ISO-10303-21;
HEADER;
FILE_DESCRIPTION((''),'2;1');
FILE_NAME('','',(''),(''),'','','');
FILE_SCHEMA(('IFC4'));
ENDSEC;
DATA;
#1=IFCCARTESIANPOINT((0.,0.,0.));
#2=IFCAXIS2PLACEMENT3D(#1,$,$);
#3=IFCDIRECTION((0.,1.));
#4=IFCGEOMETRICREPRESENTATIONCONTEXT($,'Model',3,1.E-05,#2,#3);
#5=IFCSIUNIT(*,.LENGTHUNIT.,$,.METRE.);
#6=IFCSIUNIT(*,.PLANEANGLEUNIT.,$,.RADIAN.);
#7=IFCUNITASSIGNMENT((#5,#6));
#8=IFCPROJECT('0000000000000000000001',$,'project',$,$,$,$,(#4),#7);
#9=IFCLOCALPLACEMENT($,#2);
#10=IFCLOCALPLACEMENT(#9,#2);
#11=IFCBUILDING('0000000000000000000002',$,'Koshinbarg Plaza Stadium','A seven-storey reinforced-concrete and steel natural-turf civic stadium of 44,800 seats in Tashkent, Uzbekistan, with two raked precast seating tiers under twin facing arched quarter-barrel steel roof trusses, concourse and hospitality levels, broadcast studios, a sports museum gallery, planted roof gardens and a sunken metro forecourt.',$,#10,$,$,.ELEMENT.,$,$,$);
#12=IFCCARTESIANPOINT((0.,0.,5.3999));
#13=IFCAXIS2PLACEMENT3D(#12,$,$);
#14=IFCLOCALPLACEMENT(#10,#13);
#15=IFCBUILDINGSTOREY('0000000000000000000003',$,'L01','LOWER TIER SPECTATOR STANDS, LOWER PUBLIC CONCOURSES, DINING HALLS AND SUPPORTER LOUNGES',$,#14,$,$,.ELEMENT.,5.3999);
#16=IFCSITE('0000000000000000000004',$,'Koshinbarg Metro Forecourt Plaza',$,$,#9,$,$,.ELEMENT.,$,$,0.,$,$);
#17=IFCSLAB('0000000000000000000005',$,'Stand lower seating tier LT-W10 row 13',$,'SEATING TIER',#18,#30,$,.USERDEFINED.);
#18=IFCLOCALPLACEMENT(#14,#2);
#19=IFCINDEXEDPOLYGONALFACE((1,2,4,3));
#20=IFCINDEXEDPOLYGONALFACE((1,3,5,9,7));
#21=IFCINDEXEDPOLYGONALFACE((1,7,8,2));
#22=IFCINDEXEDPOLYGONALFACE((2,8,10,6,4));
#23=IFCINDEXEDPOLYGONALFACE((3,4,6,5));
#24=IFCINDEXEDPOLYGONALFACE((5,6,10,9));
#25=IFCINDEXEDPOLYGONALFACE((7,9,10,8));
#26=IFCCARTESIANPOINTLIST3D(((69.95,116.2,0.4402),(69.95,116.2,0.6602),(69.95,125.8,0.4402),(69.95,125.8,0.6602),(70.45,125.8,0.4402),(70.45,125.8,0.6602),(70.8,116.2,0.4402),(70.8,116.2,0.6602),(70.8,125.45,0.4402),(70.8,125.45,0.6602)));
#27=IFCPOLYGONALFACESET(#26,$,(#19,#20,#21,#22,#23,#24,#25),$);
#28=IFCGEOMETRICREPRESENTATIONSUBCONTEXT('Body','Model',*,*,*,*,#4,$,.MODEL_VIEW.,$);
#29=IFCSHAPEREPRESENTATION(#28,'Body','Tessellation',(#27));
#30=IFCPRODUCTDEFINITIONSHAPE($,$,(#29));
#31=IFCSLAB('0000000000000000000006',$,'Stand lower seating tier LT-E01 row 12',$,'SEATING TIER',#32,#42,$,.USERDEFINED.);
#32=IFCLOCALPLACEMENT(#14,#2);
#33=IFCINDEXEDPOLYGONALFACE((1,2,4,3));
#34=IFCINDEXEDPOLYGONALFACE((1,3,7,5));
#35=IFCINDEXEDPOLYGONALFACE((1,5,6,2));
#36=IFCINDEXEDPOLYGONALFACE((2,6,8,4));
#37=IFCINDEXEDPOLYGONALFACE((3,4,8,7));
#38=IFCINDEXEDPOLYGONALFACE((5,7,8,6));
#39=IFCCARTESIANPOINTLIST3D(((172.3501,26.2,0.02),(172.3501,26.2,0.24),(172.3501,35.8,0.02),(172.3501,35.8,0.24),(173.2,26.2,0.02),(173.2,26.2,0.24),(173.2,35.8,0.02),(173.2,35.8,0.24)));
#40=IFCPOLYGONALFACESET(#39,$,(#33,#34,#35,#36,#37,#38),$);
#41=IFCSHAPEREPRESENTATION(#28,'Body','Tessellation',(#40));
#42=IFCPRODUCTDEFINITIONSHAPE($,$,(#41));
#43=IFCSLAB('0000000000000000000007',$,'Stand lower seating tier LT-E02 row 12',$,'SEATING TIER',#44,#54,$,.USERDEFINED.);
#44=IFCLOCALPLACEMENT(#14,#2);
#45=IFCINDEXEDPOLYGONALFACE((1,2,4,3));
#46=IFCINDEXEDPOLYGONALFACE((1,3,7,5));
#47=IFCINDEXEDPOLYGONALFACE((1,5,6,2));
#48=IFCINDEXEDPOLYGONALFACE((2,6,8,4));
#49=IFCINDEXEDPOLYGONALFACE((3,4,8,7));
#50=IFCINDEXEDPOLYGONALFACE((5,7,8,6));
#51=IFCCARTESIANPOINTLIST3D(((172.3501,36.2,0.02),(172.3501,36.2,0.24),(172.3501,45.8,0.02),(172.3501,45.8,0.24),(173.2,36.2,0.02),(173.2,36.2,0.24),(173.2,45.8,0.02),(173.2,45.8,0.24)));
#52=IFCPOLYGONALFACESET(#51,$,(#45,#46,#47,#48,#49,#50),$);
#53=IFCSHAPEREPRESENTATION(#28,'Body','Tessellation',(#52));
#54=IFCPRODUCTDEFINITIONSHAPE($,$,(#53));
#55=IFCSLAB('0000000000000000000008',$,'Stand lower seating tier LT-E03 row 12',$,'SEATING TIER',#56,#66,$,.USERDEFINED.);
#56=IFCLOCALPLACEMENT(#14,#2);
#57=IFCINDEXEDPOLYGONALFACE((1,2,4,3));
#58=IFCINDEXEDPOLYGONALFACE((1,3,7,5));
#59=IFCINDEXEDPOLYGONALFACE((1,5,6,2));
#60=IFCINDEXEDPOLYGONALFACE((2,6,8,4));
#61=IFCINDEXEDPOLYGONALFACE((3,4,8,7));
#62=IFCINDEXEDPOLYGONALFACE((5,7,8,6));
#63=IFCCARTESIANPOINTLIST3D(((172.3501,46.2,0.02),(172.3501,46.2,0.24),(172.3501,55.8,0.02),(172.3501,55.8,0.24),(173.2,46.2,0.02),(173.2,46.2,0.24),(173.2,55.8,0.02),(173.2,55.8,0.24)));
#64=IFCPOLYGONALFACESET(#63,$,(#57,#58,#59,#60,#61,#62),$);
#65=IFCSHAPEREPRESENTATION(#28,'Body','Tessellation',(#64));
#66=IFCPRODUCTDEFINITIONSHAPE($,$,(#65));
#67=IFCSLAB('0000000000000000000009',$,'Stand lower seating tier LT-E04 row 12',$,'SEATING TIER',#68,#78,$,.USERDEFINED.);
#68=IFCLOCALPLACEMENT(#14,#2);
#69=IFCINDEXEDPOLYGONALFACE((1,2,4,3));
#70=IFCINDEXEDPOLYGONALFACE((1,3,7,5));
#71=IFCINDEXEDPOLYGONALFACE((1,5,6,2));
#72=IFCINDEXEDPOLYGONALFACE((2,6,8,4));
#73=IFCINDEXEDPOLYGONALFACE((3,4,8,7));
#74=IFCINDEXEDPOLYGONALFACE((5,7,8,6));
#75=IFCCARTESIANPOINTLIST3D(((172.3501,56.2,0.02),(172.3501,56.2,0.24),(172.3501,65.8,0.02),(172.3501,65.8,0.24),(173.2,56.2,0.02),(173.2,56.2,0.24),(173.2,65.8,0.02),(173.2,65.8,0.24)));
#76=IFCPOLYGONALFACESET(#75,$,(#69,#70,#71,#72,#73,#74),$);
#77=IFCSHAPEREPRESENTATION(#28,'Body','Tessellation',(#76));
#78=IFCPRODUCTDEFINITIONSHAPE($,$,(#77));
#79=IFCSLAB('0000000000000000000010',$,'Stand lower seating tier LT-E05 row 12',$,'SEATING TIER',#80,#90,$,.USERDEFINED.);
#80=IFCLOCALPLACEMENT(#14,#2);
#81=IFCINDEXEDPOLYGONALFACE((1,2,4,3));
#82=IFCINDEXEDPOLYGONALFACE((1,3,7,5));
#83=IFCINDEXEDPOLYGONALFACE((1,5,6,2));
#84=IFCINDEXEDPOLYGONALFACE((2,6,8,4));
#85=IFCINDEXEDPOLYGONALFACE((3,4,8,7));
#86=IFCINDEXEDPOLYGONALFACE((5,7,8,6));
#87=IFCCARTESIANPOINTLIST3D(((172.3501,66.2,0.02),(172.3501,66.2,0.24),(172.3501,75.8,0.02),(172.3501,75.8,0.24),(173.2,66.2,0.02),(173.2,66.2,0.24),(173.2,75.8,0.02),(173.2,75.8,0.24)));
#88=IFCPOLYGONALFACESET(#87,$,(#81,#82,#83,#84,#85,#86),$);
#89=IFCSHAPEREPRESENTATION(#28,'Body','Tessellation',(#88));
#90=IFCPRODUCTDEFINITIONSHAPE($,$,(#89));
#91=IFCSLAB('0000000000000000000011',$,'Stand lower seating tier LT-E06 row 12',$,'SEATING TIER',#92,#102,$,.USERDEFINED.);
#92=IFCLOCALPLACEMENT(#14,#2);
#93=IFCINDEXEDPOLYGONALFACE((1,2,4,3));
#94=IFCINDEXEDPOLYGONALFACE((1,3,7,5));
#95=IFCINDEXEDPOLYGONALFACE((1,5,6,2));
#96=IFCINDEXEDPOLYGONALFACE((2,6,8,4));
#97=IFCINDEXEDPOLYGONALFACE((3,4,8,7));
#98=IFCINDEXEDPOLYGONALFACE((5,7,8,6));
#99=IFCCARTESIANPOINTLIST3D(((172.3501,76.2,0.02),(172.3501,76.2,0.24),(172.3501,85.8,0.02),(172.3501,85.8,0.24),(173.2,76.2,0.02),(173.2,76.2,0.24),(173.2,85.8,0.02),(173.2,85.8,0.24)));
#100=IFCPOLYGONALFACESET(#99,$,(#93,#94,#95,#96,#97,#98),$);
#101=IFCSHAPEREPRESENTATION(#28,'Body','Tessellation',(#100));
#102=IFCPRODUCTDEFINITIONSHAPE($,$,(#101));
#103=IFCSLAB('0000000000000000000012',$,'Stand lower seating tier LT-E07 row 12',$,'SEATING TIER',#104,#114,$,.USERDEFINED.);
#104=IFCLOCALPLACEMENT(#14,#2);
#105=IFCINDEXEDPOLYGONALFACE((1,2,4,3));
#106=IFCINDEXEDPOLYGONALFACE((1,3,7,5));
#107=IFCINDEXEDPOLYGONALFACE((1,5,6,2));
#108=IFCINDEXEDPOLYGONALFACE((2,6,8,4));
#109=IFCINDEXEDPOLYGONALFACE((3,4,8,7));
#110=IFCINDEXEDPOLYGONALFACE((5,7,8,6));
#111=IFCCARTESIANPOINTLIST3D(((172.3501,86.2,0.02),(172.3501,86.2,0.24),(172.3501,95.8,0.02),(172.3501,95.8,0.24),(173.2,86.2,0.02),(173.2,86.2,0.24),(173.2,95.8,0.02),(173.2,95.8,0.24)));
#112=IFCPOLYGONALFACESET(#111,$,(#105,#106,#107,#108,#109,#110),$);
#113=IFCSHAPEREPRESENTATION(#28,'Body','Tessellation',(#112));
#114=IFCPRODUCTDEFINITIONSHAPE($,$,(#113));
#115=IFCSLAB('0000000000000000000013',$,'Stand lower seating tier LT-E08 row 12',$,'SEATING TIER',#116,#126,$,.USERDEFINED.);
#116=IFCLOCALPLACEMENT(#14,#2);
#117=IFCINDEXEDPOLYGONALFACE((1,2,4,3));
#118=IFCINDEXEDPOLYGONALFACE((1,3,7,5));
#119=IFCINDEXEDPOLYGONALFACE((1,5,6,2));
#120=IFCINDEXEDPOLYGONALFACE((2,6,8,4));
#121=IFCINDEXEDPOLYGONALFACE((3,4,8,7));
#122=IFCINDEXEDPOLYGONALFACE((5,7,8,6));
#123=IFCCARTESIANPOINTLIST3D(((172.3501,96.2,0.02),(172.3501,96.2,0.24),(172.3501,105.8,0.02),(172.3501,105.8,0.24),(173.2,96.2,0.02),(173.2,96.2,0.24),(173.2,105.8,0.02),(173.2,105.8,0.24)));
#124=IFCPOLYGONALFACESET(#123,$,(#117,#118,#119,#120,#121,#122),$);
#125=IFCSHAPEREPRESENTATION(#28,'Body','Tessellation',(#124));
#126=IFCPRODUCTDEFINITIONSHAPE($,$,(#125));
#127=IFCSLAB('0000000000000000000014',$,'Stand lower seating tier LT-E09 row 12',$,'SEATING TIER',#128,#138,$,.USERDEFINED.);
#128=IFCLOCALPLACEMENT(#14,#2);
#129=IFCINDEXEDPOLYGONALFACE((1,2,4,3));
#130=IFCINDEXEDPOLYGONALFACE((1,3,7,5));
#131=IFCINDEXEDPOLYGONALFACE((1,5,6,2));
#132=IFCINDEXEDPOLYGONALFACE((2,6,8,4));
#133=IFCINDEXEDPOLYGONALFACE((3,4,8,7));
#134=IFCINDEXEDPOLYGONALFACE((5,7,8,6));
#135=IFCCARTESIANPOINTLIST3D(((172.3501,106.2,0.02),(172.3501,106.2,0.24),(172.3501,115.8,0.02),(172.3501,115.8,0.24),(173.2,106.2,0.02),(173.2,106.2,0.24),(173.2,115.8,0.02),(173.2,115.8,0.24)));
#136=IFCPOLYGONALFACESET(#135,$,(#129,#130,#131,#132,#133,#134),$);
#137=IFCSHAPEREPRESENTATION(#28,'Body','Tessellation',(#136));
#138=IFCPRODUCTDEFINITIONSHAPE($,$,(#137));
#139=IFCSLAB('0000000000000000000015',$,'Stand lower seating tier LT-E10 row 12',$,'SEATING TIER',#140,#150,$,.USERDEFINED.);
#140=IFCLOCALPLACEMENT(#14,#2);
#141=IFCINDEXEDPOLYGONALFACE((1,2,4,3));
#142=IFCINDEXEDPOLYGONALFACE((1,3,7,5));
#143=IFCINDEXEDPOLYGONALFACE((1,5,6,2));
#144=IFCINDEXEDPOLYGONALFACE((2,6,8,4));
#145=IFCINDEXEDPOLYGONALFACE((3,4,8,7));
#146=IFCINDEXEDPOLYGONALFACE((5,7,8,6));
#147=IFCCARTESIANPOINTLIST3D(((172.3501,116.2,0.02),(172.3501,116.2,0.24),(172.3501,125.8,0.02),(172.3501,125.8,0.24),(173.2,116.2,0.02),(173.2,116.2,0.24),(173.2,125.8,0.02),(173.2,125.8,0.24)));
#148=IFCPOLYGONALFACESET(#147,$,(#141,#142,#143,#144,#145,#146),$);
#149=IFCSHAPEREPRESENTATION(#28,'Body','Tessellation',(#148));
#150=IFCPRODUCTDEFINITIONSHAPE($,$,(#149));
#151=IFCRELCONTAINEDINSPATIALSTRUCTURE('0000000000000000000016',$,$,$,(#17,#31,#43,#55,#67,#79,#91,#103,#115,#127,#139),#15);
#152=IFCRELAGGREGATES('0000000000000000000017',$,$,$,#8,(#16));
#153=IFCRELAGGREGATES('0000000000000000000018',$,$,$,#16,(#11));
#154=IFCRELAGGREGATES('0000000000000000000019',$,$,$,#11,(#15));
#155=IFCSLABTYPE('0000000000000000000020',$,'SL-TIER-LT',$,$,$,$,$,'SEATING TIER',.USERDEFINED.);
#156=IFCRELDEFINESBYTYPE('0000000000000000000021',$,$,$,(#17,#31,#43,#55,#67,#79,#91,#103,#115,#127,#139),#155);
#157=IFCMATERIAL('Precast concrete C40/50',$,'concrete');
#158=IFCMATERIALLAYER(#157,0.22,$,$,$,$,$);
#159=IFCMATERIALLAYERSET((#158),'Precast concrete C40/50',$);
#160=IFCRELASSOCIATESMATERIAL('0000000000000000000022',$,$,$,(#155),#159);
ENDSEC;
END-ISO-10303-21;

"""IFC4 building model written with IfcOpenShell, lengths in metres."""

from ifc_helpers import new_model, si_unit, direction, frame, origin, place, context, subcontext, project, spatial, polyline, outline, extrude, material, layer, layer_set, type_object, element, save


model = new_model("IFC4")

# Units and contexts
model_context = context("Model", 3, precision=1e-05, world=origin(), true_north=direction((0.0, 1.0)))
body_context = subcontext(model_context, "Body", "Model", "MODEL_VIEW")
ifc_project = project(units=[si_unit("LENGTHUNIT", "METRE"), si_unit("PLANEANGLEUNIT", "RADIAN")], contexts=[model_context])

# Site, building, storey
site_placement = place(None, origin())
site = spatial("IfcSite", under=ifc_project, at=site_placement, Name="Koshinbarg Metro Forecourt Plaza", CompositionType="ELEMENT", RefElevation=0.0)
building_placement = place(site_placement, origin())
building = spatial("IfcBuilding", under=site, at=building_placement, Name="Koshinbarg Plaza Stadium", Description="A seven-storey reinforced-concrete and steel natural-turf civic stadium of 44,800 seats in Tashkent, Uzbekistan, with two raked precast seating tiers under twin facing arched quarter-barrel steel roof trusses, concourse and hospitality levels, broadcast studios, a sports museum gallery, planted roof gardens and a sunken metro forecourt.", CompositionType="ELEMENT")
storey_placement = place(building_placement, frame((0.0, 0.0, 5.3999)))
storey = spatial("IfcBuildingStorey", under=building, at=storey_placement, Name="L01", Description="LOWER TIER SPECTATOR STANDS, LOWER PUBLIC CONCOURSES, DINING HALLS AND SUPPORTER LOUNGES", CompositionType="ELEMENT", Elevation=5.3999)

# Slabs
ifc_material = material(Name="Precast concrete C40/50", Category="concrete")
ifc_layer = layer(ifc_material, 0.22)
ifc_layer_set = layer_set([ifc_layer], Name="Precast concrete C40/50")
slab_type = type_object("IfcSlabType", Name="SL-TIER-LT", ElementType="SEATING TIER", PredefinedType="USERDEFINED", material=ifc_layer_set)
slab_1_placement = place(storey_placement, frame((0.0, 0.0, 0.4402)))
element("IfcSlab", 1, at=slab_1_placement, inside=storey, type_object=slab_type, Name="Stand lower seating tier LT-W10 row 13", ObjectType="SEATING TIER", PredefinedType="USERDEFINED", context=body_context, shape_type="SweptSolid", body=[
    extrude(outline(polyline([(69.95, 116.2), (70.8, 116.2), (70.8, 125.45), (70.45, 125.8), (69.95, 125.8), (69.95, 116.2)])), origin(), (0.0, 0.0, 1.0), 0.22),
])
slab_2_placement = place(storey_placement, frame((0.0, 0.0, 0.02)))
element("IfcSlab", 2, at=slab_2_placement, inside=storey, type_object=slab_type, Name="Stand lower seating tier LT-E01 row 12", ObjectType="SEATING TIER", PredefinedType="USERDEFINED", context=body_context, shape_type="SweptSolid", body=[
    extrude(outline(polyline([(172.3501, 26.2), (173.2, 26.2), (173.2, 35.8), (172.3501, 35.8), (172.3501, 26.2)])), origin(), (0.0, 0.0, 1.0), 0.22),
])
slab_3_placement = place(storey_placement, frame((0.0, 0.0, 0.02)))
element("IfcSlab", 3, at=slab_3_placement, inside=storey, type_object=slab_type, Name="Stand lower seating tier LT-E02 row 12", ObjectType="SEATING TIER", PredefinedType="USERDEFINED", context=body_context, shape_type="SweptSolid", body=[
    extrude(outline(polyline([(172.3501, 36.2), (173.2, 36.2), (173.2, 45.8), (172.3501, 45.8), (172.3501, 36.2)])), origin(), (0.0, 0.0, 1.0), 0.22),
])
slab_4_placement = place(storey_placement, frame((0.0, 0.0, 0.02)))
element("IfcSlab", 4, at=slab_4_placement, inside=storey, type_object=slab_type, Name="Stand lower seating tier LT-E03 row 12", ObjectType="SEATING TIER", PredefinedType="USERDEFINED", context=body_context, shape_type="SweptSolid", body=[
    extrude(outline(polyline([(172.3501, 46.2), (173.2, 46.2), (173.2, 55.8), (172.3501, 55.8), (172.3501, 46.2)])), origin(), (0.0, 0.0, 1.0), 0.22),
])
slab_5_placement = place(storey_placement, frame((0.0, 0.0, 0.02)))
element("IfcSlab", 5, at=slab_5_placement, inside=storey, type_object=slab_type, Name="Stand lower seating tier LT-E04 row 12", ObjectType="SEATING TIER", PredefinedType="USERDEFINED", context=body_context, shape_type="SweptSolid", body=[
    extrude(outline(polyline([(172.3501, 56.2), (173.2, 56.2), (173.2, 65.8), (172.3501, 65.8), (172.3501, 56.2)])), origin(), (0.0, 0.0, 1.0), 0.22),
])
slab_6_placement = place(storey_placement, frame((0.0, 0.0, 0.02)))
element("IfcSlab", 6, at=slab_6_placement, inside=storey, type_object=slab_type, Name="Stand lower seating tier LT-E05 row 12", ObjectType="SEATING TIER", PredefinedType="USERDEFINED", context=body_context, shape_type="SweptSolid", body=[
    extrude(outline(polyline([(172.3501, 66.2), (173.2, 66.2), (173.2, 75.8), (172.3501, 75.8), (172.3501, 66.2)])), origin(), (0.0, 0.0, 1.0), 0.22),
])
slab_7_placement = place(storey_placement, frame((0.0, 0.0, 0.02)))
element("IfcSlab", 7, at=slab_7_placement, inside=storey, type_object=slab_type, Name="Stand lower seating tier LT-E06 row 12", ObjectType="SEATING TIER", PredefinedType="USERDEFINED", context=body_context, shape_type="SweptSolid", body=[
    extrude(outline(polyline([(172.3501, 76.2), (173.2, 76.2), (173.2, 85.8), (172.3501, 85.8), (172.3501, 76.2)])), origin(), (0.0, 0.0, 1.0), 0.22),
])
slab_8_placement = place(storey_placement, frame((0.0, 0.0, 0.02)))
element("IfcSlab", 8, at=slab_8_placement, inside=storey, type_object=slab_type, Name="Stand lower seating tier LT-E07 row 12", ObjectType="SEATING TIER", PredefinedType="USERDEFINED", context=body_context, shape_type="SweptSolid", body=[
    extrude(outline(polyline([(172.3501, 86.2), (173.2, 86.2), (173.2, 95.8), (172.3501, 95.8), (172.3501, 86.2)])), origin(), (0.0, 0.0, 1.0), 0.22),
])
slab_9_placement = place(storey_placement, frame((0.0, 0.0, 0.02)))
element("IfcSlab", 9, at=slab_9_placement, inside=storey, type_object=slab_type, Name="Stand lower seating tier LT-E08 row 12", ObjectType="SEATING TIER", PredefinedType="USERDEFINED", context=body_context, shape_type="SweptSolid", body=[
    extrude(outline(polyline([(172.3501, 96.2), (173.2, 96.2), (173.2, 105.8), (172.3501, 105.8), (172.3501, 96.2)])), origin(), (0.0, 0.0, 1.0), 0.22),
])
slab_10_placement = place(storey_placement, frame((0.0, 0.0, 0.02)))
element("IfcSlab", 10, at=slab_10_placement, inside=storey, type_object=slab_type, Name="Stand lower seating tier LT-E09 row 12", ObjectType="SEATING TIER", PredefinedType="USERDEFINED", context=body_context, shape_type="SweptSolid", body=[
    extrude(outline(polyline([(172.3501, 106.2), (173.2, 106.2), (173.2, 115.8), (172.3501, 115.8), (172.3501, 106.2)])), origin(), (0.0, 0.0, 1.0), 0.22),
])
slab_11_placement = place(storey_placement, frame((0.0, 0.0, 0.02)))
element("IfcSlab", 11, at=slab_11_placement, inside=storey, type_object=slab_type, Name="Stand lower seating tier LT-E10 row 12", ObjectType="SEATING TIER", PredefinedType="USERDEFINED", context=body_context, shape_type="SweptSolid", body=[
    extrude(outline(polyline([(172.3501, 116.2), (173.2, 116.2), (173.2, 125.8), (172.3501, 125.8), (172.3501, 116.2)])), origin(), (0.0, 0.0, 1.0), 0.22),
])

save(model, "model.ifc")
